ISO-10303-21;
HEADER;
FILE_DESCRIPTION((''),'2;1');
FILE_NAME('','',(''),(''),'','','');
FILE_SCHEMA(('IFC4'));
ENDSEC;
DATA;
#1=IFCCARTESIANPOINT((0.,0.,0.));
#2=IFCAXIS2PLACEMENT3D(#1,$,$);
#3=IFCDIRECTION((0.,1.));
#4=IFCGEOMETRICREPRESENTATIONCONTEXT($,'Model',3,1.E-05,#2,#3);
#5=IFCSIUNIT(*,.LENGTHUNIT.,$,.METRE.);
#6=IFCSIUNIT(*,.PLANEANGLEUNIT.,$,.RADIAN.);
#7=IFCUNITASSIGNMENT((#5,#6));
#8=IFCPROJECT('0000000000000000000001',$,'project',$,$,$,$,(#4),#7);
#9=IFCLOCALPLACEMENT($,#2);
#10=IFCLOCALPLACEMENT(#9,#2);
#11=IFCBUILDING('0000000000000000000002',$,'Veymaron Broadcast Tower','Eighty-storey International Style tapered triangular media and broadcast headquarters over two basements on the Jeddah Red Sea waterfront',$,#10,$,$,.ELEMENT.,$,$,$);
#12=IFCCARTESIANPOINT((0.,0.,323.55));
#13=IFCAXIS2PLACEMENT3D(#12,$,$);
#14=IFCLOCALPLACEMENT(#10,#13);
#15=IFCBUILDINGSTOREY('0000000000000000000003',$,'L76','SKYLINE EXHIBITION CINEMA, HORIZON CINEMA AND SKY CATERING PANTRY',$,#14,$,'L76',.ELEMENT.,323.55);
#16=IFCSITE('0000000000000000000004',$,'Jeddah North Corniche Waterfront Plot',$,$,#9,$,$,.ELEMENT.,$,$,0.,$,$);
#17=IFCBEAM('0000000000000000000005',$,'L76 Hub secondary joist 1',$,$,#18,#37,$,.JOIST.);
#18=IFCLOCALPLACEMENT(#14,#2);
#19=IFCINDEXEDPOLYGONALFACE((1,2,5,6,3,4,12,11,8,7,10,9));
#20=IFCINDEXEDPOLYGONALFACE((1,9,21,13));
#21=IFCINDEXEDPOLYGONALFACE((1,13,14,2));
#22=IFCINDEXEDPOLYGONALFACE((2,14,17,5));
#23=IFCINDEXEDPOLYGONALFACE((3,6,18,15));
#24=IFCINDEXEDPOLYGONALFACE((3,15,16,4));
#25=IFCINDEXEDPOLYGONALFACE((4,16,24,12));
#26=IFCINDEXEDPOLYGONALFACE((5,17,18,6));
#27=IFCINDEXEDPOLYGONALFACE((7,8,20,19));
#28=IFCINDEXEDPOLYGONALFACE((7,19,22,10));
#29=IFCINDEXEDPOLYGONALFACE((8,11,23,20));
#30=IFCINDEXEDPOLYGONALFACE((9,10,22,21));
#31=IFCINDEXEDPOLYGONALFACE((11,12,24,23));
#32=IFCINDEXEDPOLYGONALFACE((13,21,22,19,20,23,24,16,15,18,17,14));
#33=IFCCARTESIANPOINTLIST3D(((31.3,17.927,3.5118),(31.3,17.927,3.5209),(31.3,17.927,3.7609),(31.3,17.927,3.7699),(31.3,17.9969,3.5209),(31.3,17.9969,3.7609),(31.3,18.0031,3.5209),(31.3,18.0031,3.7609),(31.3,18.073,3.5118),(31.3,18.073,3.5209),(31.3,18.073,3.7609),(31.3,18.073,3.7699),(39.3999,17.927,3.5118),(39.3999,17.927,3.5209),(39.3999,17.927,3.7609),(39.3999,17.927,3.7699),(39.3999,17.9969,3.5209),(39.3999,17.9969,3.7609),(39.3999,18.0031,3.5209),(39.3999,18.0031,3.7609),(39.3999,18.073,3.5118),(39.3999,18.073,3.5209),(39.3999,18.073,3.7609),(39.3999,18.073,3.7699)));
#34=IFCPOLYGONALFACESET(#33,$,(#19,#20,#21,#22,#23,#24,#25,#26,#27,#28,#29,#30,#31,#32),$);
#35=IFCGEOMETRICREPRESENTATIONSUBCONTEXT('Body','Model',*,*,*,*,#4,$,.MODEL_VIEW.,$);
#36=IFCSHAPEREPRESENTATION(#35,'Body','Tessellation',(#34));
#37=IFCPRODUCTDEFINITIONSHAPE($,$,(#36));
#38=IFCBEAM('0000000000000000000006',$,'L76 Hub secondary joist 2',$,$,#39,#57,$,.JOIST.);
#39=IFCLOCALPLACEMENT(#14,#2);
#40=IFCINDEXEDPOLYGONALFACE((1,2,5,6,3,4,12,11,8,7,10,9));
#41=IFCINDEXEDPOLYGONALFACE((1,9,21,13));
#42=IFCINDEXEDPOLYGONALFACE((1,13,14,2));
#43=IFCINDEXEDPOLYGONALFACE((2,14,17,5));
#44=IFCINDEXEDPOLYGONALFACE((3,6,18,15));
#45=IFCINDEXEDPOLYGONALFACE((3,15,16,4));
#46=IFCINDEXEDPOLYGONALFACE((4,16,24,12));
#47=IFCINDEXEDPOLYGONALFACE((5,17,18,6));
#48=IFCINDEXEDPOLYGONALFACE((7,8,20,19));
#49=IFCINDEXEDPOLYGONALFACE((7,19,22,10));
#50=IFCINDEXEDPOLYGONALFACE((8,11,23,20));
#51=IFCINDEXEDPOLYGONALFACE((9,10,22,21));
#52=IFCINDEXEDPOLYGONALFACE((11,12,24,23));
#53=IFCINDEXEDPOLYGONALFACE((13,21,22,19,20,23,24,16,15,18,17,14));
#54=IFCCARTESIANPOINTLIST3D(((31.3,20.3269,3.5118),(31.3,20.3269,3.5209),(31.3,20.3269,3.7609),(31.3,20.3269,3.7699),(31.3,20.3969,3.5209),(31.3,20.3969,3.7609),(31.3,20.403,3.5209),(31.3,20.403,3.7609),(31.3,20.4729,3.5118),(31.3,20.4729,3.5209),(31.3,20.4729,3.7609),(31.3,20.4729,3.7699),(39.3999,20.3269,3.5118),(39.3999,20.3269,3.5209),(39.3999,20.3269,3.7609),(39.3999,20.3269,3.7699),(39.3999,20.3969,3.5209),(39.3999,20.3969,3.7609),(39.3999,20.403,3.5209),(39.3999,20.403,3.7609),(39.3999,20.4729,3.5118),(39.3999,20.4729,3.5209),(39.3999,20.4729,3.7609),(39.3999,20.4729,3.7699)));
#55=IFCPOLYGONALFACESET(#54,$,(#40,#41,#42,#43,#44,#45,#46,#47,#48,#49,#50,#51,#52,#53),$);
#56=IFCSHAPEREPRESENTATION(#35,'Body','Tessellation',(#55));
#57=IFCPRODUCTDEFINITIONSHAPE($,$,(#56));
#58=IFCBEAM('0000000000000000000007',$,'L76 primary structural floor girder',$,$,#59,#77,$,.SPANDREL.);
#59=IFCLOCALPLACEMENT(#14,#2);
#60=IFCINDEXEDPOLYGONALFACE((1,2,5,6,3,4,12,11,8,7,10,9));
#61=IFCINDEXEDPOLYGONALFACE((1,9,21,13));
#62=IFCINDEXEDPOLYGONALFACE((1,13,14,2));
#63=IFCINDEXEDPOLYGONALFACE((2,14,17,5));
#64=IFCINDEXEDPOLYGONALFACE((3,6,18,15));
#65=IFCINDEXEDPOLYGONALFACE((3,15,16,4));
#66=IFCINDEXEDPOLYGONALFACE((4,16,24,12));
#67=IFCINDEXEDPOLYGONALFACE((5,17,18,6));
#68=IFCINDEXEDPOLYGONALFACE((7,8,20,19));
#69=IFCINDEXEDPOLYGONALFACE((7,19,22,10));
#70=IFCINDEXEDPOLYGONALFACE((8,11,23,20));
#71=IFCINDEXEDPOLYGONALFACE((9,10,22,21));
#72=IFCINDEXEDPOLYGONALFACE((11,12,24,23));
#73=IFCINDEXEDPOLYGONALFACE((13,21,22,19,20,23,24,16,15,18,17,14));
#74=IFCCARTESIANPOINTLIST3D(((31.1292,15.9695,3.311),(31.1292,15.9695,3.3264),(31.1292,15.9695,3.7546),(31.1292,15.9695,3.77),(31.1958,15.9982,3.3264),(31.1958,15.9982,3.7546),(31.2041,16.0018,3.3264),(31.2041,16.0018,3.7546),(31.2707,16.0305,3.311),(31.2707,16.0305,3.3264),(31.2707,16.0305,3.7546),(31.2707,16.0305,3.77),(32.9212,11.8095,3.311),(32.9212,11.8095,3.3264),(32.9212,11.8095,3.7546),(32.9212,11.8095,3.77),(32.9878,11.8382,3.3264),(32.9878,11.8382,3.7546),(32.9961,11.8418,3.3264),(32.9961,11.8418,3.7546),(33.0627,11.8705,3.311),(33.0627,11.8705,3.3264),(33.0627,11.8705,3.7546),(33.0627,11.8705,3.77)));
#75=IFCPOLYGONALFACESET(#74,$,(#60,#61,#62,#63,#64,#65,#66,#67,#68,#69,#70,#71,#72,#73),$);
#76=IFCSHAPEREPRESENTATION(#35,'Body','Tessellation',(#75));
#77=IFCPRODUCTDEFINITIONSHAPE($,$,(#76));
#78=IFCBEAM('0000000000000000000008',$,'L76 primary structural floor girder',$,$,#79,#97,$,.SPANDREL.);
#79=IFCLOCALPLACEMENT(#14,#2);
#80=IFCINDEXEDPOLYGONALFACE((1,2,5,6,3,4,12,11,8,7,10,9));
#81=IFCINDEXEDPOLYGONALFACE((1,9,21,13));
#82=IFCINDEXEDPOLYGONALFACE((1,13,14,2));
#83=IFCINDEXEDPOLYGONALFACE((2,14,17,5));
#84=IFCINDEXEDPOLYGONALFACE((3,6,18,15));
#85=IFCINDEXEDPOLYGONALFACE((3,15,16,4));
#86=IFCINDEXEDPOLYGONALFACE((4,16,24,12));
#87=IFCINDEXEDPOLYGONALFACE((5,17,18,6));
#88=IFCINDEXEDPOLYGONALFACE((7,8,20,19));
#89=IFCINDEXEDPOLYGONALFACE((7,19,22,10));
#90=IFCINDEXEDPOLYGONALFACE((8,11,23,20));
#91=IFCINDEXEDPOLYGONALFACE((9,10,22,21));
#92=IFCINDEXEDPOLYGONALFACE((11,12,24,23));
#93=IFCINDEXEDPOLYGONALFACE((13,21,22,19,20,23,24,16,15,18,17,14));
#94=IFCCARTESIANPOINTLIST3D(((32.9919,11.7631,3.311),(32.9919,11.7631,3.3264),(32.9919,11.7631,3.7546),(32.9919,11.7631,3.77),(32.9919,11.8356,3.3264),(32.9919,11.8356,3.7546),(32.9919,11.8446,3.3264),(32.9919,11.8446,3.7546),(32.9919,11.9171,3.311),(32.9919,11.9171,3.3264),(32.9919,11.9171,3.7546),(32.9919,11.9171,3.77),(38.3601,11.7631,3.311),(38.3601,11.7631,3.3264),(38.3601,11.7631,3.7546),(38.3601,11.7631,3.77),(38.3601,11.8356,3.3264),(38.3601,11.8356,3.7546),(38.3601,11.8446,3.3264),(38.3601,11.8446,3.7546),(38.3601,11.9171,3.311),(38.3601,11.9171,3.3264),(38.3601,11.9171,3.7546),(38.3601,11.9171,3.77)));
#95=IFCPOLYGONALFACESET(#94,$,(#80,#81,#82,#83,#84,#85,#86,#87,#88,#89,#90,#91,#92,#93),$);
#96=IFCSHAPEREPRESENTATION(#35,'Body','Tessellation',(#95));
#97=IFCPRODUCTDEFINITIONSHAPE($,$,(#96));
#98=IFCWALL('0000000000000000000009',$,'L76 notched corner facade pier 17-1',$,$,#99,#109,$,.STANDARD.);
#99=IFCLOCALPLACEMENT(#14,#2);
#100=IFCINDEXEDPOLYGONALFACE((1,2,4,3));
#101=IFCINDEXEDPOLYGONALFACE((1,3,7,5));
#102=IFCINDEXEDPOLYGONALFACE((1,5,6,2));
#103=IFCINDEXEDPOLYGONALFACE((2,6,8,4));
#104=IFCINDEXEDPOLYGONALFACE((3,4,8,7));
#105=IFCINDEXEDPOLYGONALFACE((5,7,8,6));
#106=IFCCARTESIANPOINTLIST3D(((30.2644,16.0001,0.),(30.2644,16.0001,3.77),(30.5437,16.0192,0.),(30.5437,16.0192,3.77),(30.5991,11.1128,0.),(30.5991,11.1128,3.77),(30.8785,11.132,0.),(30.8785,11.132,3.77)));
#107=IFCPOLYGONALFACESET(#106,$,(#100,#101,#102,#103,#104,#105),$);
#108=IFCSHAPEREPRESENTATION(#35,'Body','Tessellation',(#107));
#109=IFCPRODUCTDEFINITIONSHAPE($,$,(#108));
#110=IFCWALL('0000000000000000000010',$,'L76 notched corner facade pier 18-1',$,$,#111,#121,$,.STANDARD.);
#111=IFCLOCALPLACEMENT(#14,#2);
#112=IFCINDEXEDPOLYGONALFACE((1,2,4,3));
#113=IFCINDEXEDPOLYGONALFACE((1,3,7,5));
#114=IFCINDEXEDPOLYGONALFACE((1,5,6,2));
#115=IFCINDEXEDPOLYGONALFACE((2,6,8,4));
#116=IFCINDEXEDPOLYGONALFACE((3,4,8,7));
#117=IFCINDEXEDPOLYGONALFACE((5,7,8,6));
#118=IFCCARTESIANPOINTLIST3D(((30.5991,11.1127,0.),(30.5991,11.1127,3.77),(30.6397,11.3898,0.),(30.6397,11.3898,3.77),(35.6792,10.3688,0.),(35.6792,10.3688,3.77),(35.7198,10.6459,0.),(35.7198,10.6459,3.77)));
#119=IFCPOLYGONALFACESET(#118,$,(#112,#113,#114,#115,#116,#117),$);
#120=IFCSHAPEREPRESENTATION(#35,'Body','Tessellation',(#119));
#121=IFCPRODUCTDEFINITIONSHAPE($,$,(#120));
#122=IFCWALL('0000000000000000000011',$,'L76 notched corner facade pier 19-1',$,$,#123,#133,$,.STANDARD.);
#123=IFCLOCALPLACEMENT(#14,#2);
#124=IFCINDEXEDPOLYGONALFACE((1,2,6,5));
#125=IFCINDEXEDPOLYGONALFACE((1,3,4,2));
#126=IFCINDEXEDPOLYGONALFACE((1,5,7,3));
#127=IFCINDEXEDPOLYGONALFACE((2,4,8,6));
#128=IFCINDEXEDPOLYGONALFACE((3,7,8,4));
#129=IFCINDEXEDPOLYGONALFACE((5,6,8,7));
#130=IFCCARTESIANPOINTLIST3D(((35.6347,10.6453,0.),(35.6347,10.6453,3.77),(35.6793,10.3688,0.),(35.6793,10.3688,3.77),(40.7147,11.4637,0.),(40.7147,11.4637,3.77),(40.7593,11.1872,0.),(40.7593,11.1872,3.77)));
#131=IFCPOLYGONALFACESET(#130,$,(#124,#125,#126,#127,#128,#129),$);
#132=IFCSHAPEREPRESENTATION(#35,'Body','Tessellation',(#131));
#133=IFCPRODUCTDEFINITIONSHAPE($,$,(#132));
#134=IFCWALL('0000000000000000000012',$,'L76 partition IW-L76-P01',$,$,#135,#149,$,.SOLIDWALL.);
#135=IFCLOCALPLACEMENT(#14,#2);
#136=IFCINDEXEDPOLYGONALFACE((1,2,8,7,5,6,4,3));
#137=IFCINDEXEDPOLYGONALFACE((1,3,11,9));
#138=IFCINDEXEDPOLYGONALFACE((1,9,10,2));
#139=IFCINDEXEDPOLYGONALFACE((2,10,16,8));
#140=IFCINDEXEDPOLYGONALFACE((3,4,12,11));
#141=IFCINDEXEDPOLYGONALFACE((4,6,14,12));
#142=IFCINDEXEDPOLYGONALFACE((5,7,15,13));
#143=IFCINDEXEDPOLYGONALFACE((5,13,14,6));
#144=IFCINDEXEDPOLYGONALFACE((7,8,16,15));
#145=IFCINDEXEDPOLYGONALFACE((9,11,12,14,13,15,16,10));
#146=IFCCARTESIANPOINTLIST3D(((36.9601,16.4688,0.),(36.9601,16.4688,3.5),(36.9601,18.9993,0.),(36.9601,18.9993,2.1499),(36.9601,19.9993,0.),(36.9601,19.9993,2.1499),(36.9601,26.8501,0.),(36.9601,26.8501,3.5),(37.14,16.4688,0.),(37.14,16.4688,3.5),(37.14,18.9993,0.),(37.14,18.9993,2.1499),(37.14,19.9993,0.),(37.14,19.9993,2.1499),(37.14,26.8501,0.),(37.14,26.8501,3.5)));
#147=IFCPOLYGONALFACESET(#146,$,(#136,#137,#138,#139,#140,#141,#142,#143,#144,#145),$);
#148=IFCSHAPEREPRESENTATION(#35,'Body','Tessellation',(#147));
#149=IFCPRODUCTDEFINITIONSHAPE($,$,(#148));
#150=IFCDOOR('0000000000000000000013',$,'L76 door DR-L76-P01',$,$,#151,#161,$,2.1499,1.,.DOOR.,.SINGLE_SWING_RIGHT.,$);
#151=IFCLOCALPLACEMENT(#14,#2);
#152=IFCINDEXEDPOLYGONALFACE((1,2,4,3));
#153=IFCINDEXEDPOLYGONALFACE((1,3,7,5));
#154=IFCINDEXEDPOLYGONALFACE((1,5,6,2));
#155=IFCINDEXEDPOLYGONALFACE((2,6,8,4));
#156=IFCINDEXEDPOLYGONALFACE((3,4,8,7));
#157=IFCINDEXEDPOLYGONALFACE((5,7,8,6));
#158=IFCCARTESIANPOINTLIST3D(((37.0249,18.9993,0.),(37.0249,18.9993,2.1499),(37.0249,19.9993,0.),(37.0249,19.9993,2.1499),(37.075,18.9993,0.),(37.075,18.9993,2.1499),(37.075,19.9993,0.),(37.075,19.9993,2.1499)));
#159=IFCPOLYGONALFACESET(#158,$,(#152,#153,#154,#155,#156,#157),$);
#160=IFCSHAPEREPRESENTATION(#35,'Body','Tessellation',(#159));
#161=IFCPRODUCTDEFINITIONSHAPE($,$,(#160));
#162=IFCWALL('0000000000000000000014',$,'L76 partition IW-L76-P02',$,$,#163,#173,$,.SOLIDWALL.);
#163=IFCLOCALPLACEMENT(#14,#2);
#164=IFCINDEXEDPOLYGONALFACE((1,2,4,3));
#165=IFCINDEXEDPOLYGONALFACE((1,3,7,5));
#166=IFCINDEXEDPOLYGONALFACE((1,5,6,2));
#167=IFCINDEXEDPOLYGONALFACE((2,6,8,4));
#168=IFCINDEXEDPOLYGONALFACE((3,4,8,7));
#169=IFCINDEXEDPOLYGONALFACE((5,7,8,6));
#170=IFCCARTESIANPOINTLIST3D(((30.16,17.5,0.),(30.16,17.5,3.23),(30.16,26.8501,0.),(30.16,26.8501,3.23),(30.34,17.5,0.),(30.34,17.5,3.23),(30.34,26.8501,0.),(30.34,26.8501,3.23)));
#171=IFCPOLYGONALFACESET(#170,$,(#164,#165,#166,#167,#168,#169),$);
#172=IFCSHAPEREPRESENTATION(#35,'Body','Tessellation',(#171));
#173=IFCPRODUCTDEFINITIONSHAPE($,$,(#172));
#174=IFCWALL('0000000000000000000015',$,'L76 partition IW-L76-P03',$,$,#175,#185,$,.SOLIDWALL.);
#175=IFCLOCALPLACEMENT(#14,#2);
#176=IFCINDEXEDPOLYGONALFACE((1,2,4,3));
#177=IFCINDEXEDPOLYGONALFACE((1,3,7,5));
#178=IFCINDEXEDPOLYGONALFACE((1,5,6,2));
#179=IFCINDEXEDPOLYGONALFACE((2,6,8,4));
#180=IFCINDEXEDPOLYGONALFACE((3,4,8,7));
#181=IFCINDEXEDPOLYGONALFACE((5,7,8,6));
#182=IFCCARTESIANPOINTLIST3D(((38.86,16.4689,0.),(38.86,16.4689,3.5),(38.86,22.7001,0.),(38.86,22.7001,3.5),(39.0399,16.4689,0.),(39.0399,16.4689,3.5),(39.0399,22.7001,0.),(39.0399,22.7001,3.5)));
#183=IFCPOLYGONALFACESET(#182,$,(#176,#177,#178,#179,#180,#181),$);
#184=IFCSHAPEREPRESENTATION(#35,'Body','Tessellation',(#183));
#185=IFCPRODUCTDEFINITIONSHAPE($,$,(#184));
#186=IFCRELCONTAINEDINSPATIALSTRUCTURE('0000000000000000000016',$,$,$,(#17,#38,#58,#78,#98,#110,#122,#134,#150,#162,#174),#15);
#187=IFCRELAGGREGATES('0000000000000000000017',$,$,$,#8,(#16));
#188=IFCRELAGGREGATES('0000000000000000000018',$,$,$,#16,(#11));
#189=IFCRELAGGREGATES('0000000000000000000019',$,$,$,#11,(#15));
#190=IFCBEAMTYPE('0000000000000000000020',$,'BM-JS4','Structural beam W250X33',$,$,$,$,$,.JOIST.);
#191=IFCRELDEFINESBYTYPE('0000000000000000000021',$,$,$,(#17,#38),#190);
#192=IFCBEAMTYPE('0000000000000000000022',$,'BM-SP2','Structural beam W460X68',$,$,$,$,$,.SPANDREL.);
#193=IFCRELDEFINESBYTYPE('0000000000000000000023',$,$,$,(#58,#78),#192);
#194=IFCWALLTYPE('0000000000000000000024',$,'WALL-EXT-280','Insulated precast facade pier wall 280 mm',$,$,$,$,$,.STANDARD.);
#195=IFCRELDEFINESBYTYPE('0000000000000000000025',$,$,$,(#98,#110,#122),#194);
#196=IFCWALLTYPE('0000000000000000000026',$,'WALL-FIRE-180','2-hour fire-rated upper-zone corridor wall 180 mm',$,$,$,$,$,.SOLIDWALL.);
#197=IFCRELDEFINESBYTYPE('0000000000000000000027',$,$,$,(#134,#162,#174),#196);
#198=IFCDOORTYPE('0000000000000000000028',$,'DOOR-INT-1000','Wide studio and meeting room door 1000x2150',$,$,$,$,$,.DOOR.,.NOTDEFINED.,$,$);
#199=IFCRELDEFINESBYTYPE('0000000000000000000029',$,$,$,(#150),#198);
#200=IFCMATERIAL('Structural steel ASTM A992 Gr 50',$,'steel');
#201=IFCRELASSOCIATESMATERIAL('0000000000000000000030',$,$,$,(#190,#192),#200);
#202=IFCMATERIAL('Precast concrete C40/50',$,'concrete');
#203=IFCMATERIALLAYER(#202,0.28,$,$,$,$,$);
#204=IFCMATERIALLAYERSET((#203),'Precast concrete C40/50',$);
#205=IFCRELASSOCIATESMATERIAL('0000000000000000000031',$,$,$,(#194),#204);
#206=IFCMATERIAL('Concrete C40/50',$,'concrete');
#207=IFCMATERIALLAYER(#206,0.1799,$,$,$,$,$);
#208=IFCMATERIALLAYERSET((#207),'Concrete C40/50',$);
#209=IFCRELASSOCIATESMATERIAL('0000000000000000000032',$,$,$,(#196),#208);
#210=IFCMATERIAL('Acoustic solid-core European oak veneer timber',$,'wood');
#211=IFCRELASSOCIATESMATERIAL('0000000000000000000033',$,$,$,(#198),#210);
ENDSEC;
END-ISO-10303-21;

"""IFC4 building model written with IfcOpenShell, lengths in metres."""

from ifc_helpers import new_model, si_unit, direction, frame, frame_2d, origin, origin_2d, place, context, subcontext, project, spatial, rectangle, i_section, extrude, material, layer, layer_set, material_profile, profile_set, type_object, element, fill, save


model = new_model("IFC4")

# Units and contexts
model_context = context("Model", 3, precision=1e-05, world=origin(), true_north=direction((0.0, 1.0)))
body_context = subcontext(model_context, "Body", "Model", "MODEL_VIEW")
ifc_project = project(units=[si_unit("LENGTHUNIT", "METRE"), si_unit("PLANEANGLEUNIT", "RADIAN")], contexts=[model_context])

# Site, building, storey
site_placement = place(None, origin())
site = spatial("IfcSite", under=ifc_project, at=site_placement, Name="Jeddah North Corniche Waterfront Plot", CompositionType="ELEMENT", RefElevation=0.0)
building_placement = place(site_placement, origin())
building = spatial("IfcBuilding", under=site, at=building_placement, Name="Veymaron Broadcast Tower", Description="Eighty-storey International Style tapered triangular media and broadcast headquarters over two basements on the Jeddah Red Sea waterfront", CompositionType="ELEMENT")
storey_placement = place(building_placement, frame((0.0, 0.0, 323.55)))
storey = spatial("IfcBuildingStorey", under=building, at=storey_placement, Name="L76", Description="SKYLINE EXHIBITION CINEMA, HORIZON CINEMA AND SKY CATERING PANTRY", LongName="L76", CompositionType="ELEMENT", Elevation=323.55)

# Shared definitions
ifc_material_1 = material(Name="Structural steel ASTM A992 Gr 50", Category="steel")

# Beams
ifc_material_profile_1 = material_profile(ifc_material_1, i_section(OverallWidth=0.146, OverallDepth=0.2581, WebThickness=0.0061, FlangeThickness=0.009, at=origin_2d()), Name="W250X33")
ifc_profile_set_1 = profile_set([ifc_material_profile_1], Name="Structural steel ASTM A992 Gr 50")
beam_type_1 = type_object("IfcBeamType", Name="BM-JS4", Description="Structural beam W250X33", PredefinedType="JOIST", material=ifc_profile_set_1)
for number, where, z_axis, x_axis, name in (
    (1, (31.3, 18.0, 3.6409), (1.0, 0.0, 0.0), (0.0, 1.0, 0.0), "L76 Hub secondary joist 1"),
    (2, (31.3, 20.3999, 3.6409), (1.0, 0.0, 0.0), (0.0, 1.0, 0.0), "L76 Hub secondary joist 2"),
):
    element("IfcBeam", number, at=place(storey_placement, frame(where, z_axis=z_axis, x_axis=x_axis)), inside=storey, type_object=beam_type_1, Name=name, PredefinedType="JOIST", context=body_context, shape_type="SweptSolid", body=[
        extrude(i_section(OverallWidth=0.146, OverallDepth=0.2581, WebThickness=0.0061, FlangeThickness=0.009, at=origin_2d()), origin(), (0.0, 0.0, 1.0), 8.0999),
    ])
ifc_material_profile_2 = material_profile(ifc_material_1, i_section(OverallWidth=0.1541, OverallDepth=0.459, WebThickness=0.009, FlangeThickness=0.0154, at=origin_2d()), Name="W460X68")
ifc_profile_set_2 = profile_set([ifc_material_profile_2], Name="Structural steel ASTM A992 Gr 50")
beam_type_2 = type_object("IfcBeamType", Name="BM-SP2", Description="Structural beam W460X68", PredefinedType="SPANDREL", material=ifc_profile_set_2)
beam_1_placement = place(storey_placement, frame((31.2, 16.0, 3.5405), z_axis=(0.395629, -0.91841, 0.0), x_axis=(0.91841, 0.395629, 0.0)))
element("IfcBeam", 3, at=beam_1_placement, inside=storey, type_object=beam_type_2, Name="L76 primary structural floor girder", PredefinedType="SPANDREL", context=body_context, shape_type="SweptSolid", body=[
    extrude(i_section(OverallWidth=0.1541, OverallDepth=0.459, WebThickness=0.009, FlangeThickness=0.0154, at=origin_2d()), origin(), (0.0, 0.0, 1.0), 4.5295),
])
beam_2_placement = place(storey_placement, frame((32.9919, 11.8401, 3.5405), z_axis=(1.0, 0.0, 0.0), x_axis=(0.0, 1.0, 0.0)))
element("IfcBeam", 4, at=beam_2_placement, inside=storey, type_object=beam_type_2, Name="L76 primary structural floor girder", PredefinedType="SPANDREL", context=body_context, shape_type="SweptSolid", body=[
    extrude(i_section(OverallWidth=0.1541, OverallDepth=0.459, WebThickness=0.009, FlangeThickness=0.0154, at=origin_2d()), origin(), (0.0, 0.0, 1.0), 5.3682),
])

# Walls
ifc_material_2 = material(Name="Precast concrete C40/50", Category="concrete")
ifc_layer_1 = layer(ifc_material_2, 0.28)
ifc_layer_set_1 = layer_set([ifc_layer_1], Name="Precast concrete C40/50")
wall_type_1 = type_object("IfcWallType", Name="WALL-EXT-280", Description="Insulated precast facade pier wall 280 mm", PredefinedType="STANDARD", material=ifc_layer_set_1)
wall_1_placement = place(storey_placement, frame((30.4041, 16.0095, 0.0), z_axis=(0.0, 0.0, 1.0), x_axis=(0.068328, -0.997663, 0.0)))
element("IfcWall", 5, at=wall_1_placement, inside=storey, type_object=wall_type_1, Name="L76 notched corner facade pier 17-1", PredefinedType="STANDARD", context=body_context, shape_type="SweptSolid", body=[
    extrude(rectangle(XDim=4.8987, YDim=0.28, at=frame_2d((2.4492, 0.0))), origin(), (0.0, 0.0, 1.0), 3.77),
])
wall_2_placement = place(storey_placement, frame((30.6194, 11.2512, 0.0), z_axis=(0.0, 0.0, 1.0), x_axis=(0.989448, -0.144889, 0.0)))
element("IfcWall", 6, at=wall_2_placement, inside=storey, type_object=wall_type_1, Name="L76 notched corner facade pier 18-1", PredefinedType="STANDARD", context=body_context, shape_type="SweptSolid", body=[
    extrude(rectangle(XDim=5.1343, YDim=0.28, at=frame_2d((2.5671, 0.0))), origin(), (0.0, 0.0, 1.0), 3.77),
])
wall_3_placement = place(storey_placement, frame((35.657, 10.5071, 0.0), z_axis=(0.0, 0.0, 1.0), x_axis=(0.987272, 0.159041, 0.0)))
element("IfcWall", 7, at=wall_3_placement, inside=storey, type_object=wall_type_1, Name="L76 notched corner facade pier 19-1", PredefinedType="STANDARD", context=body_context, shape_type="SweptSolid", body=[
    extrude(rectangle(XDim=5.1455, YDim=0.28, at=frame_2d((2.5728, 0.0))), origin(), (0.0, 0.0, 1.0), 3.77),
])

# Wall, opening, door
ifc_material_3 = material(Name="Concrete C40/50", Category="concrete")
ifc_layer_2 = layer(ifc_material_3, 0.1799)
ifc_layer_set_2 = layer_set([ifc_layer_2], Name="Concrete C40/50")
wall_type_2 = type_object("IfcWallType", Name="WALL-FIRE-180", Description="2-hour fire-rated upper-zone corridor wall 180 mm", PredefinedType="SOLIDWALL", material=ifc_layer_set_2)
wall_4_placement = place(storey_placement, frame((37.05, 16.4688, 0.0), z_axis=(0.0, 0.0, 1.0), x_axis=(0.0, 1.0, 0.0)))
wall_4 = element("IfcWall", 8, at=wall_4_placement, inside=storey, type_object=wall_type_2, Name="L76 partition IW-L76-P01", PredefinedType="SOLIDWALL", context=body_context, shape_type="SweptSolid", body=[
    extrude(rectangle(XDim=10.3813, YDim=0.1799, at=frame_2d((5.1907, 0.0))), origin(), (0.0, 0.0, 1.0), 3.5),
])
opening_placement = place(wall_4_placement, frame((2.5305, 0.0, 0.0)))
opening = element("IfcOpeningElement", 9, at=opening_placement, cuts=wall_4, PredefinedType="OPENING", context=body_context, shape_type="SweptSolid", body=[
    extrude(rectangle(XDim=1.0, YDim=2.1499, at=frame_2d((0.5, 1.075))), frame((0.0, 0.1001, 0.0), z_axis=(0.0, -1.0, 0.0), x_axis=(1.0, 0.0, 0.0)), (0.0, 0.0, 1.0), 0.2),
])
ifc_material_4 = material(Name="Acoustic solid-core European oak veneer timber", Category="wood")
door_type = type_object("IfcDoorType", Name="DOOR-INT-1000", Description="Wide studio and meeting room door 1000x2150", OperationType="NOTDEFINED", PredefinedType="DOOR", material=ifc_material_4)
door_placement = place(opening_placement, frame((1.0, 0.0, 0.0), z_axis=(0.0, 0.0, 1.0), x_axis=(-1.0, 0.0, 0.0)))
door = element("IfcDoor", 10, at=door_placement, inside=storey, type_object=door_type, Name="L76 door DR-L76-P01", OperationType="SINGLE_SWING_RIGHT", OverallHeight=2.1499, OverallWidth=1.0, PredefinedType="DOOR", context=body_context, shape_type="SweptSolid", body=[
    extrude(rectangle(XDim=1.0, YDim=2.1499, at=frame_2d((0.5, 1.075))), frame((0.0, 0.0249, 0.0), z_axis=(0.0, -1.0, 0.0), x_axis=(1.0, 0.0, 0.0)), (0.0, 0.0, 1.0), 0.05),
])
fill(opening, door)

# Walls
wall_5_placement = place(storey_placement, frame((30.25, 17.5, 0.0), z_axis=(0.0, 0.0, 1.0), x_axis=(0.0, 1.0, 0.0)))
element("IfcWall", 11, at=wall_5_placement, inside=storey, type_object=wall_type_2, Name="L76 partition IW-L76-P02", PredefinedType="SOLIDWALL", context=body_context, shape_type="SweptSolid", body=[
    extrude(rectangle(XDim=9.3501, YDim=0.1799, at=frame_2d((4.675, 0.0))), origin(), (0.0, 0.0, 1.0), 3.23),
])
wall_6_placement = place(storey_placement, frame((38.95, 16.4688, 0.0), z_axis=(0.0, 0.0, 1.0), x_axis=(0.0, 1.0, 0.0)))
element("IfcWall", 12, at=wall_6_placement, inside=storey, type_object=wall_type_2, Name="L76 partition IW-L76-P03", PredefinedType="SOLIDWALL", context=body_context, shape_type="SweptSolid", body=[
    extrude(rectangle(XDim=6.2312, YDim=0.1799, at=frame_2d((3.1157, 0.0))), origin(), (0.0, 0.0, 1.0), 3.5),
])

save(model, "model.ifc")
